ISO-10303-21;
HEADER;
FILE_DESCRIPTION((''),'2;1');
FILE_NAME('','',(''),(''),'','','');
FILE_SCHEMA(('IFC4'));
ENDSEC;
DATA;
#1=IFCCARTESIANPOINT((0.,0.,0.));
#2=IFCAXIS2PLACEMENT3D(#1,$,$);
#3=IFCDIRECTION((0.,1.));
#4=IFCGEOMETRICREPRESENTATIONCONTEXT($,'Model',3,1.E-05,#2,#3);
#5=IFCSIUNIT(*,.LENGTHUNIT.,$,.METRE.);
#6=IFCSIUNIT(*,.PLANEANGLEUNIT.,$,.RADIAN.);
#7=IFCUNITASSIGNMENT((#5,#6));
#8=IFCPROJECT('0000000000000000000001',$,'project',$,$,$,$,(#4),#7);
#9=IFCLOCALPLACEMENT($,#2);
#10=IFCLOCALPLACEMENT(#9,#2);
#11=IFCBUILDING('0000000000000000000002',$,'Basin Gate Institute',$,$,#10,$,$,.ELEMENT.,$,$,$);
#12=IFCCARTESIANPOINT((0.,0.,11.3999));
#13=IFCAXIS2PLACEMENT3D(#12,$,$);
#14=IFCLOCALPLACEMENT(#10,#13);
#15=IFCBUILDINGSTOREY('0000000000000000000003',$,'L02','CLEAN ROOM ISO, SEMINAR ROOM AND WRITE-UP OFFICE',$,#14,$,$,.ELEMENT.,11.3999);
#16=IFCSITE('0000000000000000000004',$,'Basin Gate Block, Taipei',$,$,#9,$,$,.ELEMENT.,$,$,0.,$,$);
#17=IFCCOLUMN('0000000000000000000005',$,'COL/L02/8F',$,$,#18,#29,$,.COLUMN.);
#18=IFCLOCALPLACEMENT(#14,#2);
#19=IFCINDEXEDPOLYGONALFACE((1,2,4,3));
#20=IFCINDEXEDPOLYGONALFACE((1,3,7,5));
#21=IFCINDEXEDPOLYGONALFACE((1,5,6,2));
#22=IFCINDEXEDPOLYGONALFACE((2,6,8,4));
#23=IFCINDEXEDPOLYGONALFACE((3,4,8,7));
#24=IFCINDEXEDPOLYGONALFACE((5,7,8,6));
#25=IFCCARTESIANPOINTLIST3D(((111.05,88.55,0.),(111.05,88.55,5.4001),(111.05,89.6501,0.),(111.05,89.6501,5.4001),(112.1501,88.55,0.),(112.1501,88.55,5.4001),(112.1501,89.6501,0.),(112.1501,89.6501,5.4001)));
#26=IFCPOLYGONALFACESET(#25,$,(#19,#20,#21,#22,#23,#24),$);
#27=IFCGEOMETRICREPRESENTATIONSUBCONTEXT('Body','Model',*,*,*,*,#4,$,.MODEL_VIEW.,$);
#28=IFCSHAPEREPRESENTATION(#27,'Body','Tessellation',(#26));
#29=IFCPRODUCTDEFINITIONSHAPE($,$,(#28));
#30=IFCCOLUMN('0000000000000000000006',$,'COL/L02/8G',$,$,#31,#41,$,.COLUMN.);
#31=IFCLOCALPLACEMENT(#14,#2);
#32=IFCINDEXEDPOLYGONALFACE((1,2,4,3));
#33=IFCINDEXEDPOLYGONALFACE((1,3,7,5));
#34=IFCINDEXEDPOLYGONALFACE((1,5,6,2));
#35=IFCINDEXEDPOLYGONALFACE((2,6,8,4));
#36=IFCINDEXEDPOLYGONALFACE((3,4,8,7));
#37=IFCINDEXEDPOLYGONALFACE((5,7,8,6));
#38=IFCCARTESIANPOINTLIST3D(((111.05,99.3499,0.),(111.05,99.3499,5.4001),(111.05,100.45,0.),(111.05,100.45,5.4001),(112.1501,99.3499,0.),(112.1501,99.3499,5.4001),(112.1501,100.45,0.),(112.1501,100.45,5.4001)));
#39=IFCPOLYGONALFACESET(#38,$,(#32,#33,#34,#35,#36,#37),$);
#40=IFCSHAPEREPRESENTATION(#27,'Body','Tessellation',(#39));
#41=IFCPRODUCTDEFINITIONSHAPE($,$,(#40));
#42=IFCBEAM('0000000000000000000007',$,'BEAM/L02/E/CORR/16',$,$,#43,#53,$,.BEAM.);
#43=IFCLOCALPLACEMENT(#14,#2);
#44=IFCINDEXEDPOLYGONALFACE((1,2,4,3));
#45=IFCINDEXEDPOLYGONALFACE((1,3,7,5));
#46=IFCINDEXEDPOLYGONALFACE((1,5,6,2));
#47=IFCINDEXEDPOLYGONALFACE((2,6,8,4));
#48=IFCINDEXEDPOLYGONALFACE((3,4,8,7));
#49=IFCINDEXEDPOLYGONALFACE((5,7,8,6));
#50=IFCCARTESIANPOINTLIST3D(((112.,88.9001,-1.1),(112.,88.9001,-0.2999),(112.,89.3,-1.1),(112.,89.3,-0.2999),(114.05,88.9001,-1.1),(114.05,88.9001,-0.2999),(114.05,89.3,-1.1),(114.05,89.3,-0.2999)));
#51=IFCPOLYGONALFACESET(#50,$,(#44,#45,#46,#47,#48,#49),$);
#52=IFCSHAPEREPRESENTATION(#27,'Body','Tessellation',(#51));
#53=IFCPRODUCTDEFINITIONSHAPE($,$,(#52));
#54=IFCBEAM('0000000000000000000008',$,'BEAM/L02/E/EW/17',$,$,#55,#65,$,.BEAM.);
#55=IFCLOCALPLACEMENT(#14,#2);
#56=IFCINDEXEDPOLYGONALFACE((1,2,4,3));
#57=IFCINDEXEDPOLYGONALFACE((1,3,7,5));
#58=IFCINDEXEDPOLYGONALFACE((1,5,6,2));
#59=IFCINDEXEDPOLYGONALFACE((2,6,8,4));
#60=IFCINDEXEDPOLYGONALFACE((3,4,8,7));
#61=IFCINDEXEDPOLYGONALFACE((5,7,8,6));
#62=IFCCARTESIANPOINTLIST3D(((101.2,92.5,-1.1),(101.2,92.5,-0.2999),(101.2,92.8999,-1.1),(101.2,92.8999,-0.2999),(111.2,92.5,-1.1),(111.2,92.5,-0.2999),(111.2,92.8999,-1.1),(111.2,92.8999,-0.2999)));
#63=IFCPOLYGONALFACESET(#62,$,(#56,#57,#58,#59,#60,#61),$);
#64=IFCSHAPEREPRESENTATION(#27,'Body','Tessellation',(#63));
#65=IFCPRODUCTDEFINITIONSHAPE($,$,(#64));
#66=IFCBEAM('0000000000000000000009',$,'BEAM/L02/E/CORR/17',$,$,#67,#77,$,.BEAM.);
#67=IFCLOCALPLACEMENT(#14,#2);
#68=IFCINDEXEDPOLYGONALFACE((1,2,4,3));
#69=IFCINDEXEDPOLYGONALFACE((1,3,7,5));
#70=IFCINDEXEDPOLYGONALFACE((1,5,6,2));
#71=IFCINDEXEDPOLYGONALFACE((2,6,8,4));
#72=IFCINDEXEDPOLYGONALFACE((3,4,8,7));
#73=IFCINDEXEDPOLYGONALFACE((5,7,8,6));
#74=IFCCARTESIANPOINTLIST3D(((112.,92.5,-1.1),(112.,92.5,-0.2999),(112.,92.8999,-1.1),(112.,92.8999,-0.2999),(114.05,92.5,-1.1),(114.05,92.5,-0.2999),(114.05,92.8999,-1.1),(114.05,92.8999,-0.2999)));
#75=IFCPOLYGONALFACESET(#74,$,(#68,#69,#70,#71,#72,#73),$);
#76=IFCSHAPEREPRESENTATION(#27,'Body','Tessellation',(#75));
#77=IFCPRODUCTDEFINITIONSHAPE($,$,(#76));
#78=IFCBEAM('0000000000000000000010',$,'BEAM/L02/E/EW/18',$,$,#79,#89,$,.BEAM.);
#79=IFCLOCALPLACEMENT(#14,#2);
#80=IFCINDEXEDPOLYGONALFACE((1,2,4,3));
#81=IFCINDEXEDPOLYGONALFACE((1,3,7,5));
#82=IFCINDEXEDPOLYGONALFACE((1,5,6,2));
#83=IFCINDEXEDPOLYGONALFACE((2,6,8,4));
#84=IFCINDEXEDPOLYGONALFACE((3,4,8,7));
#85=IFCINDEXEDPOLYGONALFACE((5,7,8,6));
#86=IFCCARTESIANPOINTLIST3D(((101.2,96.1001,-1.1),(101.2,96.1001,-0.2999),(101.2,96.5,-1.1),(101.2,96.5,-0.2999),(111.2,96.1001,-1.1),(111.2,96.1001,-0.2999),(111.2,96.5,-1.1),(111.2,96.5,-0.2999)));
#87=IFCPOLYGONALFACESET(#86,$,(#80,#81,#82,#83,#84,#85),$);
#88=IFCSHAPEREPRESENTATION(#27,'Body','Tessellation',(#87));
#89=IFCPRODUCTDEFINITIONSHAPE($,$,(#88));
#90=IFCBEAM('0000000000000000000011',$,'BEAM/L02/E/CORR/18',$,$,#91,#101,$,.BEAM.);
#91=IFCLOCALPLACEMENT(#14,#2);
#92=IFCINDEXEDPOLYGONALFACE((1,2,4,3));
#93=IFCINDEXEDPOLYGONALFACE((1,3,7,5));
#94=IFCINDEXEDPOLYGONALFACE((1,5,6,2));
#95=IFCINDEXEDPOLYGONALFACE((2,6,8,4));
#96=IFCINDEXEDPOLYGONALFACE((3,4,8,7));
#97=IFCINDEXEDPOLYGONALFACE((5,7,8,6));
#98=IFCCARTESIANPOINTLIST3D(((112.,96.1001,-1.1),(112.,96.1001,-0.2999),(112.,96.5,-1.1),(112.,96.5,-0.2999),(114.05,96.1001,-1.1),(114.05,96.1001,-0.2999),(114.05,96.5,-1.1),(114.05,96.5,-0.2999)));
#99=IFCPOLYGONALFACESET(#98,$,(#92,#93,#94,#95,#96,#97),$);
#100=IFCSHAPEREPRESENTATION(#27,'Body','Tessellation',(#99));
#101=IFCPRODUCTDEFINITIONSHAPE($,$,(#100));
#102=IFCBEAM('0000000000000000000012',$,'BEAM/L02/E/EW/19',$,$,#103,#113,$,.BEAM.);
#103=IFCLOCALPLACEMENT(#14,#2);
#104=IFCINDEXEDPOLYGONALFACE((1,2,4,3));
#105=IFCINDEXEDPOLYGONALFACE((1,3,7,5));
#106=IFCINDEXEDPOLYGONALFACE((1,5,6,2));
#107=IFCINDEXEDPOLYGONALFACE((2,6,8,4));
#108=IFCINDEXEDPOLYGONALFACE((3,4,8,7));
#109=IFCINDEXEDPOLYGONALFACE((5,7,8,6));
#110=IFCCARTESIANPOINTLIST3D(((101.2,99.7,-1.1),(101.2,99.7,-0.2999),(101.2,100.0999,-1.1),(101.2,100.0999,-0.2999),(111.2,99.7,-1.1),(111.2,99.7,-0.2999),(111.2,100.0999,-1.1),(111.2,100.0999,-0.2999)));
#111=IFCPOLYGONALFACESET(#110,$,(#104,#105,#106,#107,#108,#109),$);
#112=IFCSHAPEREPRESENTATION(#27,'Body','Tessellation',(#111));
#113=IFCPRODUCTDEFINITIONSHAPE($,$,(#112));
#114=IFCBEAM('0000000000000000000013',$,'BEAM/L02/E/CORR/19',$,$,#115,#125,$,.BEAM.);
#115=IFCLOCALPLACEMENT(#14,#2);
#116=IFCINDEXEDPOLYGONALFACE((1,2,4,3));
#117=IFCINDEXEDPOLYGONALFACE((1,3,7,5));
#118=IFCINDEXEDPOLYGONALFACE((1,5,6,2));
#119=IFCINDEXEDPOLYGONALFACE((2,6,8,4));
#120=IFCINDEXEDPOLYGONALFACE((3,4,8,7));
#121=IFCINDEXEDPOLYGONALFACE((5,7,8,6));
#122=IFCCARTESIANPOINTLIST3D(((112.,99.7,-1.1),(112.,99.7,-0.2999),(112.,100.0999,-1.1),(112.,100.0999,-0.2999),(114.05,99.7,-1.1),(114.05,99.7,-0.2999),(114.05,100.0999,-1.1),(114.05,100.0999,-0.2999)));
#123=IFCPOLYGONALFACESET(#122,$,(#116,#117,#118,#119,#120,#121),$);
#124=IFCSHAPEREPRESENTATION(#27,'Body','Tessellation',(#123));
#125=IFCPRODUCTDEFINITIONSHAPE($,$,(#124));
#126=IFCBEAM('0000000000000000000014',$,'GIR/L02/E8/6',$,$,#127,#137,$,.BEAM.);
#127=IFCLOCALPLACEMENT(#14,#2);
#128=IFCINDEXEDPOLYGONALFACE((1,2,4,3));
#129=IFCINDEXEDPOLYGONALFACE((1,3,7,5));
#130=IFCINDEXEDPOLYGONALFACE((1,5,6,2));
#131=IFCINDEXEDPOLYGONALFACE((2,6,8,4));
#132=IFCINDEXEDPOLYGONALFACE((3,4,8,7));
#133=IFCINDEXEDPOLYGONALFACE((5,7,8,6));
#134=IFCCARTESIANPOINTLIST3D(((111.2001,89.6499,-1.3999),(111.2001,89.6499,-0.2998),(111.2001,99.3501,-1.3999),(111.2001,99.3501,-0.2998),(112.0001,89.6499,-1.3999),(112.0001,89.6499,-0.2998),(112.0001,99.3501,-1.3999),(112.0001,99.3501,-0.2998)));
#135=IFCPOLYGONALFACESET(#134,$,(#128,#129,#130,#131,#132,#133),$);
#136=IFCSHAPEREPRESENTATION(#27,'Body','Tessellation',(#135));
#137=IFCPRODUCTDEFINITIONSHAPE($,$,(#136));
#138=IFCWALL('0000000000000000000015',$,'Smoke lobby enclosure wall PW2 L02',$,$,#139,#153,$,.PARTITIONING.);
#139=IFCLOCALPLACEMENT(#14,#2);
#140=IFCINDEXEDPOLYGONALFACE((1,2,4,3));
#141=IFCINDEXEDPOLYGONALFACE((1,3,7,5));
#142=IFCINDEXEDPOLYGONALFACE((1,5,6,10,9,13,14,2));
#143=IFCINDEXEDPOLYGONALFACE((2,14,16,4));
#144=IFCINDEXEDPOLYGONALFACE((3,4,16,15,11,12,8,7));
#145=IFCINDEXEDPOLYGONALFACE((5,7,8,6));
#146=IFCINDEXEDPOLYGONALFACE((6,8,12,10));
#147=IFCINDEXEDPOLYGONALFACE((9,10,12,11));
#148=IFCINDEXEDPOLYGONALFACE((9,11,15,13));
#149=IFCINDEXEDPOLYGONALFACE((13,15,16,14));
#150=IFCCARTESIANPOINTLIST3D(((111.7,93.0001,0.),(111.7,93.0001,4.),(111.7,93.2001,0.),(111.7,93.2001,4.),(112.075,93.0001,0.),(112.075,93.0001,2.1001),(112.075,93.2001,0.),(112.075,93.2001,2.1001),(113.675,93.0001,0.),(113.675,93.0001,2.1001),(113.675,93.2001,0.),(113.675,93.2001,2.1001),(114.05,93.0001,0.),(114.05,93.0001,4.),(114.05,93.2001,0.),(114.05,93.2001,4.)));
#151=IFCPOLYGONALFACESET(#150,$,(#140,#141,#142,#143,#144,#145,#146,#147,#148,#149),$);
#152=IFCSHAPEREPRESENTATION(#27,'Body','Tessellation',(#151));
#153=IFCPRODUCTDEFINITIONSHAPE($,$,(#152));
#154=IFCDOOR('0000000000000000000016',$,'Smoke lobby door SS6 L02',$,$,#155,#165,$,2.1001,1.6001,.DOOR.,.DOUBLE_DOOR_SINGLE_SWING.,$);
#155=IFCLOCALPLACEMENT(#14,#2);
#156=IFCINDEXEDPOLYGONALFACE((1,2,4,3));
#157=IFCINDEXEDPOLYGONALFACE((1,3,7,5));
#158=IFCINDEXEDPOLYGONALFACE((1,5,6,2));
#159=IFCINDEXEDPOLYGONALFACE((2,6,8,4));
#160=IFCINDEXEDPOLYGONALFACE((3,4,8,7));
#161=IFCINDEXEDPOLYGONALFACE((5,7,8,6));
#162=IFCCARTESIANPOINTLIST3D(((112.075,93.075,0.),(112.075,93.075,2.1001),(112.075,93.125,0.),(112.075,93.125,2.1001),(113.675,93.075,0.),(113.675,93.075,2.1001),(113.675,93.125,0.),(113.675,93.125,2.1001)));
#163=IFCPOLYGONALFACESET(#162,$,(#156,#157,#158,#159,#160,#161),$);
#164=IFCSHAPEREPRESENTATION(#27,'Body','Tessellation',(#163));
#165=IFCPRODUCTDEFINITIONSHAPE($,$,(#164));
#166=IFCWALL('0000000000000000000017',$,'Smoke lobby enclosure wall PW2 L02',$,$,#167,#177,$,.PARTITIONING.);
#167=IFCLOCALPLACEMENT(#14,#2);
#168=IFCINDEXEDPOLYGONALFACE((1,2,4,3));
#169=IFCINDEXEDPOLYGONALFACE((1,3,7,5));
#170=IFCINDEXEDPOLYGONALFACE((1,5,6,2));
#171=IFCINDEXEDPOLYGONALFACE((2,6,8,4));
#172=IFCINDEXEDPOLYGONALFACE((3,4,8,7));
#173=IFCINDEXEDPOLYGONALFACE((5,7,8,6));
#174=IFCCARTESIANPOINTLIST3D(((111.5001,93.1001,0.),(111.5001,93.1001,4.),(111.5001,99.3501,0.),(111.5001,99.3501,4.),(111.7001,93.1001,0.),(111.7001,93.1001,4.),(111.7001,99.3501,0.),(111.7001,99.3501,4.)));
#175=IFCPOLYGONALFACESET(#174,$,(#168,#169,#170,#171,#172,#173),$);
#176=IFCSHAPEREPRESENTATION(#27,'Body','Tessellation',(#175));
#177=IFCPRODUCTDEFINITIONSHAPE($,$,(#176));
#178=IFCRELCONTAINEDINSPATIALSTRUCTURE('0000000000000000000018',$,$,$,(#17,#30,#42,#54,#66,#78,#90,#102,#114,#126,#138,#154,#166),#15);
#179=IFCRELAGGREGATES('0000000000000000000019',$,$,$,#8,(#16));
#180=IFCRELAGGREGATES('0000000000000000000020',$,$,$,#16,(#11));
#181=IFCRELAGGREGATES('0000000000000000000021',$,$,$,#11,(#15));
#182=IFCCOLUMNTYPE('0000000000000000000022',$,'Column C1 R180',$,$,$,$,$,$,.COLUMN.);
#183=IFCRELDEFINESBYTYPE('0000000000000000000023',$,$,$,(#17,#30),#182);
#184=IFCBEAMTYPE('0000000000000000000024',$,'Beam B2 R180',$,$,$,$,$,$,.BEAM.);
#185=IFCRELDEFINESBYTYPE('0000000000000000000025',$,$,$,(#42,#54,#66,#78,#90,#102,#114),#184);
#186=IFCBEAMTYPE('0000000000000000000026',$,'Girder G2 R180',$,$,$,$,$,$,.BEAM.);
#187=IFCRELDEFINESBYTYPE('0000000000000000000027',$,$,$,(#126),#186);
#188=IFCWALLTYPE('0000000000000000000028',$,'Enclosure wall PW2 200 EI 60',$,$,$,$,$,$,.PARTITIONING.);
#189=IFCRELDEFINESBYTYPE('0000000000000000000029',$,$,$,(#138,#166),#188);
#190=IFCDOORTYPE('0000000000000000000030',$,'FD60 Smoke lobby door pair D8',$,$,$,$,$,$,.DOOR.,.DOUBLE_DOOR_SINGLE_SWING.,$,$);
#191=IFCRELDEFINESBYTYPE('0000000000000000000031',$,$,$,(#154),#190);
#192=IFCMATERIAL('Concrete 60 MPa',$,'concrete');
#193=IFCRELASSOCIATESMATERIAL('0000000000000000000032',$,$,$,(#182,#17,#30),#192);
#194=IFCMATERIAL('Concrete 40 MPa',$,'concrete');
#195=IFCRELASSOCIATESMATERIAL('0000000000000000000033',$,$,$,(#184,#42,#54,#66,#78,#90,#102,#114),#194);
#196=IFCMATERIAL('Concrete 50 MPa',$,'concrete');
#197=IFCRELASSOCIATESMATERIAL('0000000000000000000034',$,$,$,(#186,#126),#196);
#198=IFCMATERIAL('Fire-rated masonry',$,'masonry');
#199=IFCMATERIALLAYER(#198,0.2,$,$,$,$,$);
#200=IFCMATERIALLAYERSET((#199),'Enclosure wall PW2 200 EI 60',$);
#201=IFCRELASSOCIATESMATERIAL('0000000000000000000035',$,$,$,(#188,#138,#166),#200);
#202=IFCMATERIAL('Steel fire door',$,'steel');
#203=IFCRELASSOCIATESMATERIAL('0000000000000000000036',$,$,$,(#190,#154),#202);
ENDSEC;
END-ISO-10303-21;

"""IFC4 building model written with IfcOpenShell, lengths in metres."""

from ifc_helpers import new_model, si_unit, direction, frame, frame_2d, origin, origin_2d, place, context, subcontext, project, spatial, rectangle, extrude, material, layer, layer_set, material_profile, profile_set, type_object, element, fill, save


model = new_model("IFC4")

# Units and contexts
model_context = context("Model", 3, precision=1e-05, world=origin(), true_north=direction((0.0, 1.0)))
body_context = subcontext(model_context, "Body", "Model", "MODEL_VIEW")
ifc_project = project(units=[si_unit("LENGTHUNIT", "METRE"), si_unit("PLANEANGLEUNIT", "RADIAN")], contexts=[model_context])

# Site, building, storey
site_placement = place(None, origin())
site = spatial("IfcSite", under=ifc_project, at=site_placement, Name="Basin Gate Block, Taipei", CompositionType="ELEMENT", RefElevation=0.0)
building_placement = place(site_placement, origin())
building = spatial("IfcBuilding", under=site, at=building_placement, Name="Basin Gate Institute", CompositionType="ELEMENT")
storey_placement = place(building_placement, frame((0.0, 0.0, 11.3999)))
storey = spatial("IfcBuildingStorey", under=building, at=storey_placement, Name="L02", Description="CLEAN ROOM ISO, SEMINAR ROOM AND WRITE-UP OFFICE", CompositionType="ELEMENT", Elevation=11.3999)

# Columns
ifc_material_1 = material(Name="Concrete 60 MPa", Category="concrete")
ifc_material_profile_1 = material_profile(ifc_material_1, rectangle(XDim=1.1001, YDim=1.1001, at=origin_2d()), Name="Column C1 1100 x 1100")
ifc_profile_set_1 = profile_set([ifc_material_profile_1], Name="Concrete 60 MPa")
column_type = type_object("IfcColumnType", Name="Column C1 R180", PredefinedType="COLUMN", material=ifc_profile_set_1)
for number, where, z_axis, x_axis, name in (
    (1, (111.6001, 89.1001, 0.0), (0.0, 0.0, 1.0), (1.0, 0.0, 0.0), "COL/L02/8F"),
    (2, (111.6001, 99.8999, 0.0), (0.0, 0.0, 1.0), (1.0, 0.0, 0.0), "COL/L02/8G"),
):
    element("IfcColumn", number, at=place(storey_placement, frame(where, z_axis=z_axis, x_axis=x_axis)), inside=storey, type_object=column_type, material=ifc_profile_set_1, Name=name, PredefinedType="COLUMN", context=body_context, shape_type="SweptSolid", body=[
        extrude(rectangle(XDim=1.1001, YDim=1.1001, at=origin_2d()), origin(), (0.0, 0.0, 1.0), 5.4001),
    ])

# Beams
ifc_material_2 = material(Name="Concrete 40 MPa", Category="concrete")
ifc_material_profile_2 = material_profile(ifc_material_2, rectangle(XDim=0.3999, YDim=0.8, at=origin_2d()), Name="Beam B2 400 x 800")
ifc_profile_set_2 = profile_set([ifc_material_profile_2], Name="Concrete 40 MPa")
beam_type_1 = type_object("IfcBeamType", Name="Beam B2 R180", PredefinedType="BEAM", material=ifc_profile_set_2)
beam_1_placement = place(storey_placement, frame((114.05, 89.1001, -0.7), z_axis=(-1.0, 0.0, 0.0), x_axis=(0.0, -1.0, 0.0)))
element("IfcBeam", 3, at=beam_1_placement, inside=storey, type_object=beam_type_1, material=ifc_profile_set_2, Name="BEAM/L02/E/CORR/16", PredefinedType="BEAM", context=body_context, shape_type="SweptSolid", body=[
    extrude(rectangle(XDim=0.3999, YDim=0.8, at=origin_2d()), origin(), (0.0, 0.0, 1.0), 2.05),
])
beam_2_placement = place(storey_placement, frame((111.2, 92.7, -0.7), z_axis=(-1.0, 0.0, 0.0), x_axis=(0.0, -1.0, 0.0)))
element("IfcBeam", 4, at=beam_2_placement, inside=storey, type_object=beam_type_1, material=ifc_profile_set_2, Name="BEAM/L02/E/EW/17", PredefinedType="BEAM", context=body_context, shape_type="SweptSolid", body=[
    extrude(rectangle(XDim=0.3999, YDim=0.8, at=origin_2d()), origin(), (0.0, 0.0, 1.0), 10.0),
])
beam_3_placement = place(storey_placement, frame((114.05, 92.7, -0.7), z_axis=(-1.0, 0.0, 0.0), x_axis=(0.0, -1.0, 0.0)))
element("IfcBeam", 5, at=beam_3_placement, inside=storey, type_object=beam_type_1, material=ifc_profile_set_2, Name="BEAM/L02/E/CORR/17", PredefinedType="BEAM", context=body_context, shape_type="SweptSolid", body=[
    extrude(rectangle(XDim=0.3999, YDim=0.8, at=origin_2d()), origin(), (0.0, 0.0, 1.0), 2.05),
])
beam_4_placement = place(storey_placement, frame((111.2, 96.3, -0.7), z_axis=(-1.0, 0.0, 0.0), x_axis=(0.0, -1.0, 0.0)))
element("IfcBeam", 6, at=beam_4_placement, inside=storey, type_object=beam_type_1, material=ifc_profile_set_2, Name="BEAM/L02/E/EW/18", PredefinedType="BEAM", context=body_context, shape_type="SweptSolid", body=[
    extrude(rectangle(XDim=0.3999, YDim=0.8, at=origin_2d()), origin(), (0.0, 0.0, 1.0), 10.0),
])
beam_5_placement = place(storey_placement, frame((114.05, 96.3, -0.7), z_axis=(-1.0, 0.0, 0.0), x_axis=(0.0, -1.0, 0.0)))
element("IfcBeam", 7, at=beam_5_placement, inside=storey, type_object=beam_type_1, material=ifc_profile_set_2, Name="BEAM/L02/E/CORR/18", PredefinedType="BEAM", context=body_context, shape_type="SweptSolid", body=[
    extrude(rectangle(XDim=0.3999, YDim=0.8, at=origin_2d()), origin(), (0.0, 0.0, 1.0), 2.05),
])
beam_6_placement = place(storey_placement, frame((111.2, 99.8999, -0.7), z_axis=(-1.0, 0.0, 0.0), x_axis=(0.0, -1.0, 0.0)))
element("IfcBeam", 8, at=beam_6_placement, inside=storey, type_object=beam_type_1, material=ifc_profile_set_2, Name="BEAM/L02/E/EW/19", PredefinedType="BEAM", context=body_context, shape_type="SweptSolid", body=[
    extrude(rectangle(XDim=0.3999, YDim=0.8, at=origin_2d()), origin(), (0.0, 0.0, 1.0), 10.0),
])
beam_7_placement = place(storey_placement, frame((114.05, 99.8999, -0.7), z_axis=(-1.0, 0.0, 0.0), x_axis=(0.0, -1.0, 0.0)))
element("IfcBeam", 9, at=beam_7_placement, inside=storey, type_object=beam_type_1, material=ifc_profile_set_2, Name="BEAM/L02/E/CORR/19", PredefinedType="BEAM", context=body_context, shape_type="SweptSolid", body=[
    extrude(rectangle(XDim=0.3999, YDim=0.8, at=origin_2d()), origin(), (0.0, 0.0, 1.0), 2.05),
])
ifc_material_3 = material(Name="Concrete 50 MPa", Category="concrete")
ifc_material_profile_3 = material_profile(ifc_material_3, rectangle(XDim=0.8, YDim=1.1001, at=origin_2d()), Name="Girder G2 800 x 1100")
ifc_profile_set_3 = profile_set([ifc_material_profile_3], Name="Concrete 50 MPa")
beam_type_2 = type_object("IfcBeamType", Name="Girder G2 R180", PredefinedType="BEAM", material=ifc_profile_set_3)
beam_8_placement = place(storey_placement, frame((111.6001, 89.6499, -0.8499), z_axis=(0.0, 1.0, 0.0), x_axis=(-1.0, 0.0, 0.0)))
element("IfcBeam", 10, at=beam_8_placement, inside=storey, type_object=beam_type_2, material=ifc_profile_set_3, Name="GIR/L02/E8/6", PredefinedType="BEAM", context=body_context, shape_type="SweptSolid", body=[
    extrude(rectangle(XDim=0.8, YDim=1.1001, at=origin_2d()), origin(), (0.0, 0.0, 1.0), 9.7002),
])

# Wall, opening, door
ifc_material_4 = material(Name="Fire-rated masonry", Category="masonry")
ifc_layer_1 = layer(ifc_material_4, 0.2)
ifc_layer_set_1 = layer_set([ifc_layer_1], Name="Enclosure wall PW2 200 EI 60")
wall_type_1 = type_object("IfcWallType", Name="Enclosure wall PW2 200 EI 60", PredefinedType="PARTITIONING", material=ifc_layer_set_1)
wall_1_placement = place(storey_placement, frame((114.05, 93.1001, 0.0), z_axis=(0.0, 0.0, 1.0), x_axis=(-1.0, 0.0, 0.0)))
wall_1 = element("IfcWall", 11, at=wall_1_placement, inside=storey, type_object=wall_type_1, material=ifc_layer_set_1, Name="Smoke lobby enclosure wall PW2 L02", PredefinedType="PARTITIONING", context=body_context, shape_type="SweptSolid", body=[
    extrude(rectangle(XDim=2.3501, YDim=0.2, at=frame_2d((1.175, 0.0))), origin(), (0.0, 0.0, 1.0), 4.0),
])
opening_1_placement = place(wall_1_placement, frame((0.375, 0.0, 0.0)))
opening_1 = element("IfcOpeningElement", 12, at=opening_1_placement, cuts=wall_1, PredefinedType="OPENING", context=body_context, shape_type="SweptSolid", body=[
    extrude(rectangle(XDim=1.6001, YDim=2.1001, at=frame_2d((0.8, 1.05))), frame((0.0, 0.1099, 0.0), z_axis=(0.0, -1.0, 0.0), x_axis=(1.0, 0.0, 0.0)), (0.0, 0.0, 1.0), 0.22),
])
ifc_material_5 = material(Name="Steel fire door", Category="steel")
door_type_1 = type_object("IfcDoorType", Name="FD60 Smoke lobby door pair D8", OperationType="DOUBLE_DOOR_SINGLE_SWING", PredefinedType="DOOR", material=ifc_material_5)
door_1_placement = place(opening_1_placement, frame((1.6001, 0.0, 0.0), z_axis=(0.0, 0.0, 1.0), x_axis=(-1.0, 0.0, 0.0)))
door_1 = element("IfcDoor", 13, at=door_1_placement, inside=storey, type_object=door_type_1, material=ifc_material_5, Name="Smoke lobby door SS6 L02", OperationType="DOUBLE_DOOR_SINGLE_SWING", OverallHeight=2.1001, OverallWidth=1.6001, PredefinedType="DOOR", context=body_context, shape_type="SweptSolid", body=[
    extrude(rectangle(XDim=1.6001, YDim=2.1001, at=frame_2d((0.8, 1.05))), frame((0.0, 0.0249, 0.0), z_axis=(0.0, -1.0, 0.0), x_axis=(1.0, 0.0, 0.0)), (0.0, 0.0, 1.0), 0.05),
])
fill(opening_1, door_1)

# Wall
wall_2_placement = place(storey_placement, frame((111.6001, 93.1001, 0.0), z_axis=(0.0, 0.0, 1.0), x_axis=(0.0, 1.0, 0.0)))
element("IfcWall", 14, at=wall_2_placement, inside=storey, type_object=wall_type_1, material=ifc_layer_set_1, Name="Smoke lobby enclosure wall PW2 L02", PredefinedType="PARTITIONING", context=body_context, shape_type="SweptSolid", body=[
    extrude(rectangle(XDim=6.25, YDim=0.2, at=frame_2d((3.125, 0.0))), origin(), (0.0, 0.0, 1.0), 4.0),
])

save(model, "model.ifc")
